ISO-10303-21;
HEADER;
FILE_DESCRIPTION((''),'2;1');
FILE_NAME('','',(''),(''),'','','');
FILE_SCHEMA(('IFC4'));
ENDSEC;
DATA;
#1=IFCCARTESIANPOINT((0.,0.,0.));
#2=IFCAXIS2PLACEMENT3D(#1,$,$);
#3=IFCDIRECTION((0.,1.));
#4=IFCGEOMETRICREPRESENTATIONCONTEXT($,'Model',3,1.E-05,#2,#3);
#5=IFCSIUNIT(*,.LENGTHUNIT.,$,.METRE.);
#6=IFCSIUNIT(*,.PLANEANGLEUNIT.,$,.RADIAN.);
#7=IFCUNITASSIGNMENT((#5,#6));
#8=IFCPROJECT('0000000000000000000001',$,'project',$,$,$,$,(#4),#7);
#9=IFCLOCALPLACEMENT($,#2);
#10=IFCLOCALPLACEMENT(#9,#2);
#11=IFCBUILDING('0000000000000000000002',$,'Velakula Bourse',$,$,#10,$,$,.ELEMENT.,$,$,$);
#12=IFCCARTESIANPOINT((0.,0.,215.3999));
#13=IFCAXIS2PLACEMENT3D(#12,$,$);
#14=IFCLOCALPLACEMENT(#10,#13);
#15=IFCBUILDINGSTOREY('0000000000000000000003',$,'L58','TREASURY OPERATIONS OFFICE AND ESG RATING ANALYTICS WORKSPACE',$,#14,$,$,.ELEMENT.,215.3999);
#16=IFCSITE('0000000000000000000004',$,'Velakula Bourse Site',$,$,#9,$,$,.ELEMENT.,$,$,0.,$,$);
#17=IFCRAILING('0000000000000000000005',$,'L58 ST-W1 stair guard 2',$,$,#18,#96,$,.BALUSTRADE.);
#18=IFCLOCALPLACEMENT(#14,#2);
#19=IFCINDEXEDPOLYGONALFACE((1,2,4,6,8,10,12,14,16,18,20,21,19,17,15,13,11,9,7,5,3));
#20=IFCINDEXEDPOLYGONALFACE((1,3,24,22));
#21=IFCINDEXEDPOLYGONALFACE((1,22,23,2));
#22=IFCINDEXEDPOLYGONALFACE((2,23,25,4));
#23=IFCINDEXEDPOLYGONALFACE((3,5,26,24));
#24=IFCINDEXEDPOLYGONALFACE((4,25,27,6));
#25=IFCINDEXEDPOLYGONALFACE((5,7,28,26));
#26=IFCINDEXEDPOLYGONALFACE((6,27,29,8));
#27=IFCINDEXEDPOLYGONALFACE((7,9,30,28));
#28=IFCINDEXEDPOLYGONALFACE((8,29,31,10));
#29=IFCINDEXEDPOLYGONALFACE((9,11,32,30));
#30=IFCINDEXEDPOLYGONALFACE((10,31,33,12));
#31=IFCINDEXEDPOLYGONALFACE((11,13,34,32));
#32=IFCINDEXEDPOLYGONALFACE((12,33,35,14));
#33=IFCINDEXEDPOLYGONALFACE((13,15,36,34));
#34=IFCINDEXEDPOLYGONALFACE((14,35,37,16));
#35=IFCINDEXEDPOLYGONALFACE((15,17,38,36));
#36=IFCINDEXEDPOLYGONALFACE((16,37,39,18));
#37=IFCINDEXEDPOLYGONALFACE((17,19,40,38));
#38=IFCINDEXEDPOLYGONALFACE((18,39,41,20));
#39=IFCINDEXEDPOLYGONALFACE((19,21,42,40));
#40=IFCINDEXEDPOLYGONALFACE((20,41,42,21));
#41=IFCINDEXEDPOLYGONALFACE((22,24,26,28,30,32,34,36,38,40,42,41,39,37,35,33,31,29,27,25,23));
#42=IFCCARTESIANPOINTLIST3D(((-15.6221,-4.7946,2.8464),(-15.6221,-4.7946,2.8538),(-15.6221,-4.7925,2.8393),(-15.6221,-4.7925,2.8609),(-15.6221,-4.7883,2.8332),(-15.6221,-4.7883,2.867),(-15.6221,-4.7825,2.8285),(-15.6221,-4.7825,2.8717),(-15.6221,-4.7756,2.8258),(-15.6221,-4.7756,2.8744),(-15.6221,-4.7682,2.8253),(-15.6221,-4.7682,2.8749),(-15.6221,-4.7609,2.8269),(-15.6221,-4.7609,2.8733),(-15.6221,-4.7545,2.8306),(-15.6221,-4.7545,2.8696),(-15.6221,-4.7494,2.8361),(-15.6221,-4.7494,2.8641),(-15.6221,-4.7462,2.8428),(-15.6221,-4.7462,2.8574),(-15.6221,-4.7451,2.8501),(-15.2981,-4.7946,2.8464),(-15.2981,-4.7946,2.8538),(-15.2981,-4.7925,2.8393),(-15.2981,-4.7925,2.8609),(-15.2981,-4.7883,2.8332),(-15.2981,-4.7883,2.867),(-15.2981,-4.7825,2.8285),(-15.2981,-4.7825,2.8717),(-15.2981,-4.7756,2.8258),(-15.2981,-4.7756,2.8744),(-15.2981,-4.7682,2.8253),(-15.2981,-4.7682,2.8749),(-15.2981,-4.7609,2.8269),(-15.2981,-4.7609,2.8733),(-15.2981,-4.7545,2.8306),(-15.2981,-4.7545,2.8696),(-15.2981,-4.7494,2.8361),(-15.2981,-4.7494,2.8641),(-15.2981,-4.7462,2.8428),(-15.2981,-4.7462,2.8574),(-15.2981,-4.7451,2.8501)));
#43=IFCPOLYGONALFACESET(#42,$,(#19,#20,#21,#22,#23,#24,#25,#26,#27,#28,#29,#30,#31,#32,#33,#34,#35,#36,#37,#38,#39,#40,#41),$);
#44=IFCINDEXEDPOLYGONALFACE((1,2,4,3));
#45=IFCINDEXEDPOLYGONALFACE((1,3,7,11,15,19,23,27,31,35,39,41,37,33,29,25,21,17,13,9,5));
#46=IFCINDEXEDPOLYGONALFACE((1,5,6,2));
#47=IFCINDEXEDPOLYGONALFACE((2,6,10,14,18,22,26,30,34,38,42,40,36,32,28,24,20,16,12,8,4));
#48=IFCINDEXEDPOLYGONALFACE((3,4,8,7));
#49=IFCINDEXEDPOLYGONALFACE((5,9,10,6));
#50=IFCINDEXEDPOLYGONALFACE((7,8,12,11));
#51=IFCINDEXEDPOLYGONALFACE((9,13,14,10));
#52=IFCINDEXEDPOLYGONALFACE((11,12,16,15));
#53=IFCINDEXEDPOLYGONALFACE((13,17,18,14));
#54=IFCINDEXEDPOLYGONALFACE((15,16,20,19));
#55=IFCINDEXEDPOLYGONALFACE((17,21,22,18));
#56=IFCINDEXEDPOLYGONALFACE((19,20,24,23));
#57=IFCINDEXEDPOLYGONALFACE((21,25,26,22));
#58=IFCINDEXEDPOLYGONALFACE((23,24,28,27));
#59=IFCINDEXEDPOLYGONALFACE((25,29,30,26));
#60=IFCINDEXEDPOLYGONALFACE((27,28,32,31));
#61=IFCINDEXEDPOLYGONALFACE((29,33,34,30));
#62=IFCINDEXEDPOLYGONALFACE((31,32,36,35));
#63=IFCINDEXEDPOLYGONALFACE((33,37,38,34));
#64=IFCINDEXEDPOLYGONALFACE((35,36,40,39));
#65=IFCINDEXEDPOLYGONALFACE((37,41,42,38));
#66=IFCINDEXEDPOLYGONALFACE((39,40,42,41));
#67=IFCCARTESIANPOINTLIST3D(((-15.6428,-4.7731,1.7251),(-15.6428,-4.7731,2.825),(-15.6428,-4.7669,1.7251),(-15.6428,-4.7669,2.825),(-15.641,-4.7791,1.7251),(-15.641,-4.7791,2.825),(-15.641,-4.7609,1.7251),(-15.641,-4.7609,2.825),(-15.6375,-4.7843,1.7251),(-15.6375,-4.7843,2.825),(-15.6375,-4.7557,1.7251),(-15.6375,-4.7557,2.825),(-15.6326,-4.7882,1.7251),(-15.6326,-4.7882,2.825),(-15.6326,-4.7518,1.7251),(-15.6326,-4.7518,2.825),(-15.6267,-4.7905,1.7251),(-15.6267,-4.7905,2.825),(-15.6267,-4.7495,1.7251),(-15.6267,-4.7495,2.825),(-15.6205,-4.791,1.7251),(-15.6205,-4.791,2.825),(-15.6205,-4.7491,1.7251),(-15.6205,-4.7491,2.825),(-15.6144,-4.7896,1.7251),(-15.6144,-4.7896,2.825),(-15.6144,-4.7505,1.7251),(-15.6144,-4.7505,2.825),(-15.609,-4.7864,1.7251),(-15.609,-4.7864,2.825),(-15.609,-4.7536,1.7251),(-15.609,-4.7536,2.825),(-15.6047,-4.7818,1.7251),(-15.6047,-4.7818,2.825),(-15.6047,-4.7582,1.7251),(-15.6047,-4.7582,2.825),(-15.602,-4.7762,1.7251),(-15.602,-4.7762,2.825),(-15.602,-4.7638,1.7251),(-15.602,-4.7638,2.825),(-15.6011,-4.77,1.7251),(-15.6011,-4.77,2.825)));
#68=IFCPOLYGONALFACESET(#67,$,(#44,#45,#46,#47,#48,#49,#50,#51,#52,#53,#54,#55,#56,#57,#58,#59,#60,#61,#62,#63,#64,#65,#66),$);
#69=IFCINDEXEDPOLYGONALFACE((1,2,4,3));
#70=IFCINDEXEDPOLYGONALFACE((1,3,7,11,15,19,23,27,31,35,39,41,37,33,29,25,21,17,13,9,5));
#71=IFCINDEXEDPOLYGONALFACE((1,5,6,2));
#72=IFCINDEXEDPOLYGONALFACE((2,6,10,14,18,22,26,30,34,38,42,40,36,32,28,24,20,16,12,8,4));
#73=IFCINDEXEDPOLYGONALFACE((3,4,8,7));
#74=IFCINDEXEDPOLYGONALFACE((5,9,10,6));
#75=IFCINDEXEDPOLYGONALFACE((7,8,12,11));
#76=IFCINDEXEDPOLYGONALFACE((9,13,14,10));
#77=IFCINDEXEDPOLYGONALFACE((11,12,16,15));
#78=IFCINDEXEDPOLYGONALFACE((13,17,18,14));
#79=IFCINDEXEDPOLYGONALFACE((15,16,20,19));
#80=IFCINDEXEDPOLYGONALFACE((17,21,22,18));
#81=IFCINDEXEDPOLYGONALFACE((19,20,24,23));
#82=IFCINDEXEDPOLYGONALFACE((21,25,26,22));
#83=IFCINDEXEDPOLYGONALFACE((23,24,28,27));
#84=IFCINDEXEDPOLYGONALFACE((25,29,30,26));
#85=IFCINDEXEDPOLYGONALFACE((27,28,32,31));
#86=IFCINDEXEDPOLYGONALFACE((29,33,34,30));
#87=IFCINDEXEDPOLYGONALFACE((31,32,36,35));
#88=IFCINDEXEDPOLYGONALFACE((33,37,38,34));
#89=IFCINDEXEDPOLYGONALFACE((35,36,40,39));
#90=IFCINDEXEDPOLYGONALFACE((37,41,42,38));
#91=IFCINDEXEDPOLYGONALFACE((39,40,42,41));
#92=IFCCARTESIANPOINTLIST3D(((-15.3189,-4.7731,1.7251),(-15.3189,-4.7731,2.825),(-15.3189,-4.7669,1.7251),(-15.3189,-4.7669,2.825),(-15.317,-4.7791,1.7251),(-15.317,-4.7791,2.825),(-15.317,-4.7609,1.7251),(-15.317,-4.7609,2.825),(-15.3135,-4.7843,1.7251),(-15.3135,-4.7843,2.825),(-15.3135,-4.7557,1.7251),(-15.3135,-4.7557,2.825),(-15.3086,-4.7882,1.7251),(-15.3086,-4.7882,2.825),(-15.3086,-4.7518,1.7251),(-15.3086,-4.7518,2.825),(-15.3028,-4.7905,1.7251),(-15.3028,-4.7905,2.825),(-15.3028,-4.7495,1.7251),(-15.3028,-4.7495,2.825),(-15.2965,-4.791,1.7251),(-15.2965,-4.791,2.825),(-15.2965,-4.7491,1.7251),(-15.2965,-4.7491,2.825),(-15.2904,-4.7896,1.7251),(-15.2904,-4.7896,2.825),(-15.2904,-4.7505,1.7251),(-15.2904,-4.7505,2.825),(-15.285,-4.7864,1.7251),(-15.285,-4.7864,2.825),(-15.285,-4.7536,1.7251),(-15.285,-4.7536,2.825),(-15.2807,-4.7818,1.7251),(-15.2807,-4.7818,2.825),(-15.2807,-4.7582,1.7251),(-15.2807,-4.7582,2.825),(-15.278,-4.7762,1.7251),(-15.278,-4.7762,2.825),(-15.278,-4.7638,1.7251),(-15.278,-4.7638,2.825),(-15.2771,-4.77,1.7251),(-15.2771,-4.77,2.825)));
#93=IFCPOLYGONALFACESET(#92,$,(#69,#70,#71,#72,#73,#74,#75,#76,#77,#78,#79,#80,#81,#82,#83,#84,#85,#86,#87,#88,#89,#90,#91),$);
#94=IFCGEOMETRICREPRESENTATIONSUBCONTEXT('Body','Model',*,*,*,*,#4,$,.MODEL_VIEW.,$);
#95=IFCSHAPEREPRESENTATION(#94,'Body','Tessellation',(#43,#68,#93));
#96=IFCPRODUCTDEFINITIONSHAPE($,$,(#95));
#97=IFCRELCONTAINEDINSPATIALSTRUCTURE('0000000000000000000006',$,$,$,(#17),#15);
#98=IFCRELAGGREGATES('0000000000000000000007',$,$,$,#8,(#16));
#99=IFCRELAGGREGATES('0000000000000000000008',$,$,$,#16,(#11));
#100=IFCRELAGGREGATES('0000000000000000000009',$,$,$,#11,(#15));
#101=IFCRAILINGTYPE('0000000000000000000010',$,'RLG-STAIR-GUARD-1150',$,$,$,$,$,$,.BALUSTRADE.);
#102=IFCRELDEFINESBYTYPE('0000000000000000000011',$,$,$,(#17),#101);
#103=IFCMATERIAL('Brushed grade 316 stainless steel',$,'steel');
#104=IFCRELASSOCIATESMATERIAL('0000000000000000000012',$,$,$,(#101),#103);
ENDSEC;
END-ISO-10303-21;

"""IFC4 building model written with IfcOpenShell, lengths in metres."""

from ifc_helpers import new_model, si_unit, direction, frame, origin, origin_2d, place, context, subcontext, project, spatial, circle, extrude, material, type_object, element, save


model = new_model("IFC4")

# Units and contexts
model_context = context("Model", 3, precision=1e-05, world=origin(), true_north=direction((0.0, 1.0)))
body_context = subcontext(model_context, "Body", "Model", "MODEL_VIEW")
ifc_project = project(units=[si_unit("LENGTHUNIT", "METRE"), si_unit("PLANEANGLEUNIT", "RADIAN")], contexts=[model_context])

# Site, building, storey
site_placement = place(None, origin())
site = spatial("IfcSite", under=ifc_project, at=site_placement, Name="Velakula Bourse Site", CompositionType="ELEMENT", RefElevation=0.0)
building_placement = place(site_placement, origin())
building = spatial("IfcBuilding", under=site, at=building_placement, Name="Velakula Bourse", CompositionType="ELEMENT")
storey_placement = place(building_placement, frame((0.0, 0.0, 215.3999)))
storey = spatial("IfcBuildingStorey", under=building, at=storey_placement, Name="L58", Description="TREASURY OPERATIONS OFFICE AND ESG RATING ANALYTICS WORKSPACE", CompositionType="ELEMENT", Elevation=215.3999)

# Shared definitions
ifc_material_1 = material(Name="Brushed grade 316 stainless steel", Category="steel")

# Railing
railing_type_1 = type_object("IfcRailingType", Name="RLG-STAIR-GUARD-1150", PredefinedType="BALUSTRADE", material=ifc_material_1)
railing_1_placement = place(storey_placement, frame((-15.6221, -4.77, 1.7251)))
element("IfcRailing", 1, at=railing_1_placement, inside=storey, type_object=railing_type_1, Name="L58 ST-W1 stair guard 2", PredefinedType="BALUSTRADE", context=body_context, shape_type="SweptSolid", body=[
    extrude(circle(Radius=0.0249, at=origin_2d()), frame((0.0, 0.0, 1.125), z_axis=(1.0, 0.0, 0.0), x_axis=(0.0, 1.0, 0.0)), (0.0, 0.0, 1.0), 0.324),
    extrude(circle(Radius=0.021, at=origin_2d()), origin(), (0.0, 0.0, 1.0), 1.0999),
    extrude(circle(Radius=0.021, at=origin_2d()), frame((0.324, 0.0, 0.0)), (0.0, 0.0, 1.0), 1.0999),
])

save(model, "model.ifc")
